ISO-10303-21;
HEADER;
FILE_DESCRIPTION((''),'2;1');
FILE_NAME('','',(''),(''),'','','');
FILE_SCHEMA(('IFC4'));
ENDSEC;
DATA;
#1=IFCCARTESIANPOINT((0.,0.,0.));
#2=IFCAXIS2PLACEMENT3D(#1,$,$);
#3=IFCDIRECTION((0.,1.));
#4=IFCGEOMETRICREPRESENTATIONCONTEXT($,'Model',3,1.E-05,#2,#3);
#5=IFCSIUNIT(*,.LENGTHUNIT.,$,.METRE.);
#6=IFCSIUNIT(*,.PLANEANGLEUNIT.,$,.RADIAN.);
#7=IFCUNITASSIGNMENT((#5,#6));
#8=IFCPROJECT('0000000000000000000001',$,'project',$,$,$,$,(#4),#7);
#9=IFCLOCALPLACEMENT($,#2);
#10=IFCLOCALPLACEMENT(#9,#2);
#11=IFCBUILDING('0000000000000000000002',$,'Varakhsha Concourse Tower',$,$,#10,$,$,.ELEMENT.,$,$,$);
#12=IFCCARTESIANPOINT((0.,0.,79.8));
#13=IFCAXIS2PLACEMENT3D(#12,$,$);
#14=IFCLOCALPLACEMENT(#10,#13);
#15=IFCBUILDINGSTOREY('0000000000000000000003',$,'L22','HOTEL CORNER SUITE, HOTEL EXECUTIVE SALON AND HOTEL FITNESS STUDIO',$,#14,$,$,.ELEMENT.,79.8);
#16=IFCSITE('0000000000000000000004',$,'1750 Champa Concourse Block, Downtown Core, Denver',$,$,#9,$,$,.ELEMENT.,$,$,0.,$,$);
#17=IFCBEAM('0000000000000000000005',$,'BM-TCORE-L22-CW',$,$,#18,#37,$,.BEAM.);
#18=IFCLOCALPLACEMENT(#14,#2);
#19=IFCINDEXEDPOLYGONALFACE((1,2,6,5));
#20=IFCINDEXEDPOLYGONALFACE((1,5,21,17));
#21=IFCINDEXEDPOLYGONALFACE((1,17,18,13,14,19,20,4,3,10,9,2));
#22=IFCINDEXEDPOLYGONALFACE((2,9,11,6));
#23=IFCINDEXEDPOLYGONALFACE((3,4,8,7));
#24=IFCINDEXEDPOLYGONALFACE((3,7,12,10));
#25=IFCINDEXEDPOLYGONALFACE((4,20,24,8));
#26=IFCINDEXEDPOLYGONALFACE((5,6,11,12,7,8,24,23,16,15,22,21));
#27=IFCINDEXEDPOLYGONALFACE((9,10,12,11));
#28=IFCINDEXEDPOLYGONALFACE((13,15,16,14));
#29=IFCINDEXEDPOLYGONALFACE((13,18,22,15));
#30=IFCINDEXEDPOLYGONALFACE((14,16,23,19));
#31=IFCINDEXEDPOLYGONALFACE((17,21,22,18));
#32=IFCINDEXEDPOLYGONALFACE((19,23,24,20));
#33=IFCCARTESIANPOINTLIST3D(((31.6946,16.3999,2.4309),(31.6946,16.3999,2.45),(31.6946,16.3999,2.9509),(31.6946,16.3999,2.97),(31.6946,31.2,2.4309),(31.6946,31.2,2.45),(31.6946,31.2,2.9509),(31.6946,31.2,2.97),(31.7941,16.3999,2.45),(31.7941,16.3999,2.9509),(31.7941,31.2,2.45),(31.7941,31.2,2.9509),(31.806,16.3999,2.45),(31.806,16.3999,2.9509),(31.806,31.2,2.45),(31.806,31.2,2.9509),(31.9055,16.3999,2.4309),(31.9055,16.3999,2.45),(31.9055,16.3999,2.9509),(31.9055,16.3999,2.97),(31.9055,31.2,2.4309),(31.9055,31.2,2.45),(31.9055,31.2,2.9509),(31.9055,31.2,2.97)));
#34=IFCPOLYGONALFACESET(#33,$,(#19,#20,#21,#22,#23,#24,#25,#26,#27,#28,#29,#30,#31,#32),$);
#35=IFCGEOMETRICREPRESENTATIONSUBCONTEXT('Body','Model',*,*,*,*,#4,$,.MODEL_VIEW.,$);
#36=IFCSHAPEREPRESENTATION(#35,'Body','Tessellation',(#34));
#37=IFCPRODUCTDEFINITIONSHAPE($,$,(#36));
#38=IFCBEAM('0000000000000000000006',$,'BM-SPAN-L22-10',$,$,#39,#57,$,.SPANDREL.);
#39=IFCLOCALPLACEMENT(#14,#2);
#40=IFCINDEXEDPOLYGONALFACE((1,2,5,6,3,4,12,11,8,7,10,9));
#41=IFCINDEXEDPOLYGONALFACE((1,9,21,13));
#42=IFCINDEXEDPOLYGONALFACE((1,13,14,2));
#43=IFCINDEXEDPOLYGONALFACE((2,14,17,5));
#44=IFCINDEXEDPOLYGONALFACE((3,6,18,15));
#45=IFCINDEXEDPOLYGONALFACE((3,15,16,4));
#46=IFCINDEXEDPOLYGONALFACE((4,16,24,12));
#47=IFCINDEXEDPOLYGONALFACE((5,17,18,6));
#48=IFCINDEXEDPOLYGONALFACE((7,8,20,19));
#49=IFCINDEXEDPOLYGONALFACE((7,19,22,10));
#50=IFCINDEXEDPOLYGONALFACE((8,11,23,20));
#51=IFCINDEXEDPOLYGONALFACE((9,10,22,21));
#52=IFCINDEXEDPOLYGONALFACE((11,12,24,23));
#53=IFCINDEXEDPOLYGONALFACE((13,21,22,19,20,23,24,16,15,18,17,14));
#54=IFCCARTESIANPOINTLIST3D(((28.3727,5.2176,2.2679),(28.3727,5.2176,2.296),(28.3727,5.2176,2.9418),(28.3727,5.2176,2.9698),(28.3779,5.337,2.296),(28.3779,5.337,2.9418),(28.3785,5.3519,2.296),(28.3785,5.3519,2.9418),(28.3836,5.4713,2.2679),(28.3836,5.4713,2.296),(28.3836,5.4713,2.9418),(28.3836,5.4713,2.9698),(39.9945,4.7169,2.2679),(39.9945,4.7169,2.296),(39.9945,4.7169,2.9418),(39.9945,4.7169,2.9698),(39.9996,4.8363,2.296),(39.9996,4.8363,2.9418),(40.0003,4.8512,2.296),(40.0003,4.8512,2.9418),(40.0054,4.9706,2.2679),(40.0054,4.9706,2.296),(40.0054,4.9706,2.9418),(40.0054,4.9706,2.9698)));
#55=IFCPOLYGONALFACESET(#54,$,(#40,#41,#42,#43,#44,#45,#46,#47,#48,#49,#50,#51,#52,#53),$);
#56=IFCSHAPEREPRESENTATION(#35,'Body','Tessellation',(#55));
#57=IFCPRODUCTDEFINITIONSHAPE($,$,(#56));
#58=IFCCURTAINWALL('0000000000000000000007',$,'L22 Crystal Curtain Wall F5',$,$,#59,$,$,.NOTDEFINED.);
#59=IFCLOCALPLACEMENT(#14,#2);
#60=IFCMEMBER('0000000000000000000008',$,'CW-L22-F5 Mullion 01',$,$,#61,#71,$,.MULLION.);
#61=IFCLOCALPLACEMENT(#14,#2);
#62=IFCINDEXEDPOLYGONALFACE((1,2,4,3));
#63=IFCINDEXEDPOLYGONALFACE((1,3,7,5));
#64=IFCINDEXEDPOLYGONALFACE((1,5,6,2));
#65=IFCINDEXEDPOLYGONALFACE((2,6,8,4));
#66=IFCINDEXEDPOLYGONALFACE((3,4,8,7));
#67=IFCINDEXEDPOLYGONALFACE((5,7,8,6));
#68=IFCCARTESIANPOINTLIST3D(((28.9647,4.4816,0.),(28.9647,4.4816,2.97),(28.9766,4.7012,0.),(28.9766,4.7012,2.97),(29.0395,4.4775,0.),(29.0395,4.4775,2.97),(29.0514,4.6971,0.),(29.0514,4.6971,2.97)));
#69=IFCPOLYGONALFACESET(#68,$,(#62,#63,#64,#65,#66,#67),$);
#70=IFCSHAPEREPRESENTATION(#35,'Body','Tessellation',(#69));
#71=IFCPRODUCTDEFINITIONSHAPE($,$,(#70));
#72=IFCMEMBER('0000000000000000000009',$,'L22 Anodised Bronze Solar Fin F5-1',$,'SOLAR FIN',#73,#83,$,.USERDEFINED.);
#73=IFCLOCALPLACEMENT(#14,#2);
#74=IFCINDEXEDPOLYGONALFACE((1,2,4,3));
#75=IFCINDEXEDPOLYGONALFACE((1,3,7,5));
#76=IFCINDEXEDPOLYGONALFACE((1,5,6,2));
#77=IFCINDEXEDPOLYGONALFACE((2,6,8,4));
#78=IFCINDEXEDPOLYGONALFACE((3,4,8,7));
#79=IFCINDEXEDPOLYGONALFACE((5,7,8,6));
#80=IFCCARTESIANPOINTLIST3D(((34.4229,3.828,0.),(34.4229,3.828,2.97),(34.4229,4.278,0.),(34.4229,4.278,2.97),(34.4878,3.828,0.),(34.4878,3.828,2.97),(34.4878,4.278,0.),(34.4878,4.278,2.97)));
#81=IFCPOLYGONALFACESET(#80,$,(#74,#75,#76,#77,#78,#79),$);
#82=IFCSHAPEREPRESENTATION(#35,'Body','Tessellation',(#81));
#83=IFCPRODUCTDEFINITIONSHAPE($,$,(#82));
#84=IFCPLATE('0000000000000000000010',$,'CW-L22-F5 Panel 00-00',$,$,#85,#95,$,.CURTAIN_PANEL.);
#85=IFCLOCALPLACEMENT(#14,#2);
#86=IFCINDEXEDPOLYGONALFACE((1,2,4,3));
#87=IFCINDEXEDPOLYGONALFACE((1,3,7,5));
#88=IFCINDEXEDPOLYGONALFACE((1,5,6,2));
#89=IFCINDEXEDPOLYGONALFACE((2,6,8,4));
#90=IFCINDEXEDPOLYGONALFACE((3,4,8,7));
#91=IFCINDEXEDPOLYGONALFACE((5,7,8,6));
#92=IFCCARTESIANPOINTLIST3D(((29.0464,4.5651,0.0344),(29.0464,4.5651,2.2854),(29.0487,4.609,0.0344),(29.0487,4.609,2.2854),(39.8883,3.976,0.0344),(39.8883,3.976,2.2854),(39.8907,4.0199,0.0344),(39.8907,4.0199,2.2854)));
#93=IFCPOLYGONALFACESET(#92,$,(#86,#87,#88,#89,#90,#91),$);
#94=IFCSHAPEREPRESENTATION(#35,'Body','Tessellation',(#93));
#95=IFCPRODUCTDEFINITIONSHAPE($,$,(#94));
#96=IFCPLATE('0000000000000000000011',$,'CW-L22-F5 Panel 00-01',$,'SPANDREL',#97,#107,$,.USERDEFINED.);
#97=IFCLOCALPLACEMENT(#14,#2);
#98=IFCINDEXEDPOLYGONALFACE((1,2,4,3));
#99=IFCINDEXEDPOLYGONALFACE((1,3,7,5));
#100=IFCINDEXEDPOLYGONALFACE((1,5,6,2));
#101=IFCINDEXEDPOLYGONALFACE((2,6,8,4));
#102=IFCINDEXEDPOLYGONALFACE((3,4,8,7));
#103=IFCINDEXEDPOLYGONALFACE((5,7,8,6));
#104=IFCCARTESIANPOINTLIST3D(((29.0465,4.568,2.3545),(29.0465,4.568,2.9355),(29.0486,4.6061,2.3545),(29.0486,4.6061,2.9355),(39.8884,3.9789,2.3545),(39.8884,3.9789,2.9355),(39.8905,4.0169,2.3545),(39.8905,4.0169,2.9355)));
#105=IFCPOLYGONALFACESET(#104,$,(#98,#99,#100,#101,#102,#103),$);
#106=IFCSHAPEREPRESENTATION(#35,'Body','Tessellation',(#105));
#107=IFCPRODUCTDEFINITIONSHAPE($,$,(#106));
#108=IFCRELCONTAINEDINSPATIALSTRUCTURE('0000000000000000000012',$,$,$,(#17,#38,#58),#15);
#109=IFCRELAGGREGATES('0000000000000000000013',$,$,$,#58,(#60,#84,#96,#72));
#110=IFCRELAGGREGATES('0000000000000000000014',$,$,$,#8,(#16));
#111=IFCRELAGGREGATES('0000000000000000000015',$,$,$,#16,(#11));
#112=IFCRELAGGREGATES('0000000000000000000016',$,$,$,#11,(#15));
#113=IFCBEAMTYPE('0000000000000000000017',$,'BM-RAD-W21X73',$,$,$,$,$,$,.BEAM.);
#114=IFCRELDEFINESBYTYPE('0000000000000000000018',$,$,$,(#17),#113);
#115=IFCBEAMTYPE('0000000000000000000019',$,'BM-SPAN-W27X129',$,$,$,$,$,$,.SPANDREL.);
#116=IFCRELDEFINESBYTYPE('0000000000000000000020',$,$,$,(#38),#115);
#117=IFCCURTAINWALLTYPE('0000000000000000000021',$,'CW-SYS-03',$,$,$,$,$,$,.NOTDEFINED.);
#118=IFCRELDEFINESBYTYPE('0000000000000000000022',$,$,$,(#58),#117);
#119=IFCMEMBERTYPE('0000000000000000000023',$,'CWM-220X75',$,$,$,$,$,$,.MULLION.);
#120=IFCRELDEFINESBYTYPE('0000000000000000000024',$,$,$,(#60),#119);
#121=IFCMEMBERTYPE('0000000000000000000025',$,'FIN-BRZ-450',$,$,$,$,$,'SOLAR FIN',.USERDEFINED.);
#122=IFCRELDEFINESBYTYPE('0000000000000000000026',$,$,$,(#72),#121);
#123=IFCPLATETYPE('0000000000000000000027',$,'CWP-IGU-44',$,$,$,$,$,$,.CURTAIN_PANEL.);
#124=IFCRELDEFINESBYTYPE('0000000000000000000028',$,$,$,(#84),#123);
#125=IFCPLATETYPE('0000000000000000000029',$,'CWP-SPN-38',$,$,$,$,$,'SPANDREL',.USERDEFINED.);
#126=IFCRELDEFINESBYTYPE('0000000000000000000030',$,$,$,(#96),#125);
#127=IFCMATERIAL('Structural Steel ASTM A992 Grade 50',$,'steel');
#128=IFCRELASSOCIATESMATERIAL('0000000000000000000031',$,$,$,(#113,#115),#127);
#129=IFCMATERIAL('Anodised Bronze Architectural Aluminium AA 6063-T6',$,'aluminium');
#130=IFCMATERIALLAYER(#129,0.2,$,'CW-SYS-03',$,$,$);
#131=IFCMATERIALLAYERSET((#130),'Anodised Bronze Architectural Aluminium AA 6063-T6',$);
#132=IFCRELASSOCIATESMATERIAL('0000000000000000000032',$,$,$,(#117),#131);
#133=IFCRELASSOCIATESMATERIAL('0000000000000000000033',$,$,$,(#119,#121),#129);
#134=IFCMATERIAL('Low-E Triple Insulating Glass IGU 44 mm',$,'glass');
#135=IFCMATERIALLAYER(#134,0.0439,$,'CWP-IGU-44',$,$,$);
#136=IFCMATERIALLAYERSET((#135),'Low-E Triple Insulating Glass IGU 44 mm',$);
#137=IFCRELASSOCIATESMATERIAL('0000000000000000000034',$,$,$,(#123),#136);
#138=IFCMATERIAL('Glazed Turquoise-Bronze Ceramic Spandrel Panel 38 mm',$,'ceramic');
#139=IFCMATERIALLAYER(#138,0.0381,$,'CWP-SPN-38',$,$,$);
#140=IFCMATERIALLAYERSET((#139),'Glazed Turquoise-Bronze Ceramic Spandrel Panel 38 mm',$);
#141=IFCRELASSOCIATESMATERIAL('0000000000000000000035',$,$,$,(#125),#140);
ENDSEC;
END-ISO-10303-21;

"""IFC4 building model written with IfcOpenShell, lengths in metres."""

from ifc_helpers import new_model, si_unit, direction, frame, origin, origin_2d, place, context, subcontext, project, spatial, rectangle, i_section, extrude, source, transform, mapped, material, layer, layer_set, material_profile, profile_set, type_object, type_shapes, element, aggregate, save


model = new_model("IFC4")

# Units and contexts
model_context = context("Model", 3, precision=1e-05, world=origin(), true_north=direction((0.0, 1.0)))
body_context = subcontext(model_context, "Body", "Model", "MODEL_VIEW")
ifc_project = project(units=[si_unit("LENGTHUNIT", "METRE"), si_unit("PLANEANGLEUNIT", "RADIAN")], contexts=[model_context])

# Site, building, storey
site_placement = place(None, origin())
site = spatial("IfcSite", under=ifc_project, at=site_placement, Name="1750 Champa Concourse Block, Downtown Core, Denver", CompositionType="ELEMENT", RefElevation=0.0)
building_placement = place(site_placement, origin())
building = spatial("IfcBuilding", under=site, at=building_placement, Name="Varakhsha Concourse Tower", CompositionType="ELEMENT")
storey_placement = place(building_placement, frame((0.0, 0.0, 79.8)))
storey = spatial("IfcBuildingStorey", under=building, at=storey_placement, Name="L22", Description="HOTEL CORNER SUITE, HOTEL EXECUTIVE SALON AND HOTEL FITNESS STUDIO", CompositionType="ELEMENT", Elevation=79.8)

# Shared definitions
ifc_material_1 = material(Name="Structural Steel ASTM A992 Grade 50", Category="steel")

# Beams
ifc_material_profile_1 = material_profile(ifc_material_1, i_section(OverallWidth=0.2109, OverallDepth=0.5391, WebThickness=0.012, FlangeThickness=0.019, at=origin_2d()), Name="W21X73")
ifc_profile_set_1 = profile_set([ifc_material_profile_1], Name="Structural Steel ASTM A992 Grade 50")
beam_type_1 = type_object("IfcBeamType", Name="BM-RAD-W21X73", PredefinedType="BEAM", material=ifc_profile_set_1)
beam_1_placement = place(storey_placement, frame((31.8, 16.3999, 2.7004), z_axis=(0.0, 1.0, 0.0), x_axis=(-1.0, 0.0, 0.0)))
element("IfcBeam", 1, at=beam_1_placement, inside=storey, type_object=beam_type_1, Name="BM-TCORE-L22-CW", PredefinedType="BEAM", context=body_context, shape_type="SweptSolid", body=[
    extrude(i_section(OverallWidth=0.2109, OverallDepth=0.5391, WebThickness=0.012, FlangeThickness=0.019, at=origin_2d()), origin(), (0.0, 0.0, 1.0), 14.8),
])
ifc_material_profile_2 = material_profile(ifc_material_1, i_section(OverallWidth=0.2539, OverallDepth=0.7019, WebThickness=0.0149, FlangeThickness=0.0281, at=origin_2d()), Name="W27X129")
ifc_profile_set_2 = profile_set([ifc_material_profile_2], Name="Structural Steel ASTM A992 Grade 50")
beam_type_2 = type_object("IfcBeamType", Name="BM-SPAN-W27X129", PredefinedType="SPANDREL", material=ifc_profile_set_2)
beam_2_placement = place(storey_placement, frame((28.3782, 5.3445, 2.6189), z_axis=(0.999073, -0.043046, 0.0), x_axis=(0.043046, 0.999073, 0.0)))
element("IfcBeam", 2, at=beam_2_placement, inside=storey, type_object=beam_type_2, Name="BM-SPAN-L22-10", PredefinedType="SPANDREL", context=body_context, shape_type="SweptSolid", body=[
    extrude(i_section(OverallWidth=0.2539, OverallDepth=0.7019, WebThickness=0.0149, FlangeThickness=0.0281, at=origin_2d()), origin(), (0.0, 0.0, 1.0), 11.6326),
])

# Curtain wall, members, plates
ifc_material_2 = material(Name="Anodised Bronze Architectural Aluminium AA 6063-T6", Category="aluminium")
ifc_layer_1 = layer(ifc_material_2, 0.2, Name="CW-SYS-03")
ifc_layer_set_1 = layer_set([ifc_layer_1], Name="Anodised Bronze Architectural Aluminium AA 6063-T6")
curtain_wall_type = type_object("IfcCurtainWallType", Name="CW-SYS-03", PredefinedType="NOTDEFINED", material=ifc_layer_set_1)
curtain_wall_placement = place(storey_placement, origin())
curtain_wall = element("IfcCurtainWall", 3, at=curtain_wall_placement, inside=storey, type_object=curtain_wall_type, Name="L22 Crystal Curtain Wall F5", PredefinedType="NOTDEFINED")
ifc_material_profile_3 = material_profile(ifc_material_2, rectangle(XDim=0.075, YDim=0.22, at=origin_2d()), Name="CWM-220X75")
ifc_profile_set_3 = profile_set([ifc_material_profile_3], Name="Anodised Bronze Architectural Aluminium AA 6063-T6")
member_type_1 = type_object("IfcMemberType", Name="CWM-220X75", PredefinedType="MULLION", material=ifc_profile_set_3)
shared_shape_1 = source(origin(), body_context, "Body", "SweptSolid", [
    extrude(rectangle(XDim=0.075, YDim=0.22, at=origin_2d()), origin(), (0.0, 0.0, 1.0), 2.97),
])
type_shapes(member_type_1, [shared_shape_1])
member_1_placement = place(storey_placement, frame((29.0081, 4.5894, 0.0), z_axis=(0.0, 0.0, 1.0), x_axis=(-0.998527, 0.054257, 0.0)))
member_1 = element("IfcMember", 4, at=member_1_placement, type_object=member_type_1, Name="CW-L22-F5 Mullion 01", PredefinedType="MULLION", context=body_context, shape_type="MappedRepresentation", body=[
    mapped(shared_shape_1, transform((0.0, 0.0, 0.0), scale=1.0)),
])
ifc_material_profile_4 = material_profile(ifc_material_2, rectangle(XDim=0.0649, YDim=0.45, at=origin_2d()), Name="FIN-BRZ-450")
ifc_profile_set_4 = profile_set([ifc_material_profile_4], Name="Anodised Bronze Architectural Aluminium AA 6063-T6")
member_type_2 = type_object("IfcMemberType", Name="FIN-BRZ-450", ElementType="SOLAR FIN", PredefinedType="USERDEFINED", material=ifc_profile_set_4)
shared_shape_2 = source(origin(), body_context, "Body", "SweptSolid", [
    extrude(rectangle(XDim=0.0649, YDim=0.45, at=origin_2d()), origin(), (0.0, 0.0, 1.0), 2.97),
])
type_shapes(member_type_2, [shared_shape_2])
member_2_placement = place(storey_placement, frame((34.4553, 4.053, 0.0), z_axis=(0.0, 0.0, 1.0), x_axis=(1.0, 0.0, 0.0)))
member_2 = element("IfcMember", 5, at=member_2_placement, type_object=member_type_2, Name="L22 Anodised Bronze Solar Fin F5-1", ObjectType="SOLAR FIN", PredefinedType="USERDEFINED", context=body_context, shape_type="MappedRepresentation", body=[
    mapped(shared_shape_2, transform((0.0, 0.0, 0.0), scale=1.0)),
])
ifc_material_3 = material(Name="Low-E Triple Insulating Glass IGU 44 mm", Category="glass")
ifc_layer_2 = layer(ifc_material_3, 0.0439, Name="CWP-IGU-44")
ifc_layer_set_2 = layer_set([ifc_layer_2], Name="Low-E Triple Insulating Glass IGU 44 mm")
plate_type_1 = type_object("IfcPlateType", Name="CWP-IGU-44", PredefinedType="CURTAIN_PANEL", material=ifc_layer_set_2)
shared_shape_3 = source(origin(), body_context, "Body", "SweptSolid", [
    extrude(rectangle(XDim=10.8579, YDim=0.0439, at=origin_2d()), origin(), (0.0, 0.0, 1.0), 2.251),
])
type_shapes(plate_type_1, [shared_shape_3])
plate_1_placement = place(storey_placement, frame((34.4685, 4.2925, 0.0344), z_axis=(0.0, 0.0, 1.0), x_axis=(-0.998527, 0.054257, 0.0)))
plate_1 = element("IfcPlate", 6, at=plate_1_placement, type_object=plate_type_1, Name="CW-L22-F5 Panel 00-00", PredefinedType="CURTAIN_PANEL", context=body_context, shape_type="MappedRepresentation", body=[
    mapped(shared_shape_3, transform((0.0, 0.0, 0.0), scale=1.0)),
])
ifc_material_4 = material(Name="Glazed Turquoise-Bronze Ceramic Spandrel Panel 38 mm", Category="ceramic")
ifc_layer_3 = layer(ifc_material_4, 0.0381, Name="CWP-SPN-38")
ifc_layer_set_3 = layer_set([ifc_layer_3], Name="Glazed Turquoise-Bronze Ceramic Spandrel Panel 38 mm")
plate_type_2 = type_object("IfcPlateType", Name="CWP-SPN-38", ElementType="SPANDREL", PredefinedType="USERDEFINED", material=ifc_layer_set_3)
shared_shape_4 = source(origin(), body_context, "Body", "SweptSolid", [
    extrude(rectangle(XDim=10.8579, YDim=0.0381, at=origin_2d()), origin(), (0.0, 0.0, 1.0), 0.5811),
])
type_shapes(plate_type_2, [shared_shape_4])
plate_2_placement = place(storey_placement, frame((34.4685, 4.2925, 2.3545), z_axis=(0.0, 0.0, 1.0), x_axis=(-0.998527, 0.054257, 0.0)))
plate_2 = element("IfcPlate", 7, at=plate_2_placement, type_object=plate_type_2, Name="CW-L22-F5 Panel 00-01", ObjectType="SPANDREL", PredefinedType="USERDEFINED", context=body_context, shape_type="MappedRepresentation", body=[
    mapped(shared_shape_4, transform((0.0, 0.0, 0.0), scale=1.0)),
])
aggregate(curtain_wall, [member_1, plate_1, plate_2, member_2])

save(model, "model.ifc")
